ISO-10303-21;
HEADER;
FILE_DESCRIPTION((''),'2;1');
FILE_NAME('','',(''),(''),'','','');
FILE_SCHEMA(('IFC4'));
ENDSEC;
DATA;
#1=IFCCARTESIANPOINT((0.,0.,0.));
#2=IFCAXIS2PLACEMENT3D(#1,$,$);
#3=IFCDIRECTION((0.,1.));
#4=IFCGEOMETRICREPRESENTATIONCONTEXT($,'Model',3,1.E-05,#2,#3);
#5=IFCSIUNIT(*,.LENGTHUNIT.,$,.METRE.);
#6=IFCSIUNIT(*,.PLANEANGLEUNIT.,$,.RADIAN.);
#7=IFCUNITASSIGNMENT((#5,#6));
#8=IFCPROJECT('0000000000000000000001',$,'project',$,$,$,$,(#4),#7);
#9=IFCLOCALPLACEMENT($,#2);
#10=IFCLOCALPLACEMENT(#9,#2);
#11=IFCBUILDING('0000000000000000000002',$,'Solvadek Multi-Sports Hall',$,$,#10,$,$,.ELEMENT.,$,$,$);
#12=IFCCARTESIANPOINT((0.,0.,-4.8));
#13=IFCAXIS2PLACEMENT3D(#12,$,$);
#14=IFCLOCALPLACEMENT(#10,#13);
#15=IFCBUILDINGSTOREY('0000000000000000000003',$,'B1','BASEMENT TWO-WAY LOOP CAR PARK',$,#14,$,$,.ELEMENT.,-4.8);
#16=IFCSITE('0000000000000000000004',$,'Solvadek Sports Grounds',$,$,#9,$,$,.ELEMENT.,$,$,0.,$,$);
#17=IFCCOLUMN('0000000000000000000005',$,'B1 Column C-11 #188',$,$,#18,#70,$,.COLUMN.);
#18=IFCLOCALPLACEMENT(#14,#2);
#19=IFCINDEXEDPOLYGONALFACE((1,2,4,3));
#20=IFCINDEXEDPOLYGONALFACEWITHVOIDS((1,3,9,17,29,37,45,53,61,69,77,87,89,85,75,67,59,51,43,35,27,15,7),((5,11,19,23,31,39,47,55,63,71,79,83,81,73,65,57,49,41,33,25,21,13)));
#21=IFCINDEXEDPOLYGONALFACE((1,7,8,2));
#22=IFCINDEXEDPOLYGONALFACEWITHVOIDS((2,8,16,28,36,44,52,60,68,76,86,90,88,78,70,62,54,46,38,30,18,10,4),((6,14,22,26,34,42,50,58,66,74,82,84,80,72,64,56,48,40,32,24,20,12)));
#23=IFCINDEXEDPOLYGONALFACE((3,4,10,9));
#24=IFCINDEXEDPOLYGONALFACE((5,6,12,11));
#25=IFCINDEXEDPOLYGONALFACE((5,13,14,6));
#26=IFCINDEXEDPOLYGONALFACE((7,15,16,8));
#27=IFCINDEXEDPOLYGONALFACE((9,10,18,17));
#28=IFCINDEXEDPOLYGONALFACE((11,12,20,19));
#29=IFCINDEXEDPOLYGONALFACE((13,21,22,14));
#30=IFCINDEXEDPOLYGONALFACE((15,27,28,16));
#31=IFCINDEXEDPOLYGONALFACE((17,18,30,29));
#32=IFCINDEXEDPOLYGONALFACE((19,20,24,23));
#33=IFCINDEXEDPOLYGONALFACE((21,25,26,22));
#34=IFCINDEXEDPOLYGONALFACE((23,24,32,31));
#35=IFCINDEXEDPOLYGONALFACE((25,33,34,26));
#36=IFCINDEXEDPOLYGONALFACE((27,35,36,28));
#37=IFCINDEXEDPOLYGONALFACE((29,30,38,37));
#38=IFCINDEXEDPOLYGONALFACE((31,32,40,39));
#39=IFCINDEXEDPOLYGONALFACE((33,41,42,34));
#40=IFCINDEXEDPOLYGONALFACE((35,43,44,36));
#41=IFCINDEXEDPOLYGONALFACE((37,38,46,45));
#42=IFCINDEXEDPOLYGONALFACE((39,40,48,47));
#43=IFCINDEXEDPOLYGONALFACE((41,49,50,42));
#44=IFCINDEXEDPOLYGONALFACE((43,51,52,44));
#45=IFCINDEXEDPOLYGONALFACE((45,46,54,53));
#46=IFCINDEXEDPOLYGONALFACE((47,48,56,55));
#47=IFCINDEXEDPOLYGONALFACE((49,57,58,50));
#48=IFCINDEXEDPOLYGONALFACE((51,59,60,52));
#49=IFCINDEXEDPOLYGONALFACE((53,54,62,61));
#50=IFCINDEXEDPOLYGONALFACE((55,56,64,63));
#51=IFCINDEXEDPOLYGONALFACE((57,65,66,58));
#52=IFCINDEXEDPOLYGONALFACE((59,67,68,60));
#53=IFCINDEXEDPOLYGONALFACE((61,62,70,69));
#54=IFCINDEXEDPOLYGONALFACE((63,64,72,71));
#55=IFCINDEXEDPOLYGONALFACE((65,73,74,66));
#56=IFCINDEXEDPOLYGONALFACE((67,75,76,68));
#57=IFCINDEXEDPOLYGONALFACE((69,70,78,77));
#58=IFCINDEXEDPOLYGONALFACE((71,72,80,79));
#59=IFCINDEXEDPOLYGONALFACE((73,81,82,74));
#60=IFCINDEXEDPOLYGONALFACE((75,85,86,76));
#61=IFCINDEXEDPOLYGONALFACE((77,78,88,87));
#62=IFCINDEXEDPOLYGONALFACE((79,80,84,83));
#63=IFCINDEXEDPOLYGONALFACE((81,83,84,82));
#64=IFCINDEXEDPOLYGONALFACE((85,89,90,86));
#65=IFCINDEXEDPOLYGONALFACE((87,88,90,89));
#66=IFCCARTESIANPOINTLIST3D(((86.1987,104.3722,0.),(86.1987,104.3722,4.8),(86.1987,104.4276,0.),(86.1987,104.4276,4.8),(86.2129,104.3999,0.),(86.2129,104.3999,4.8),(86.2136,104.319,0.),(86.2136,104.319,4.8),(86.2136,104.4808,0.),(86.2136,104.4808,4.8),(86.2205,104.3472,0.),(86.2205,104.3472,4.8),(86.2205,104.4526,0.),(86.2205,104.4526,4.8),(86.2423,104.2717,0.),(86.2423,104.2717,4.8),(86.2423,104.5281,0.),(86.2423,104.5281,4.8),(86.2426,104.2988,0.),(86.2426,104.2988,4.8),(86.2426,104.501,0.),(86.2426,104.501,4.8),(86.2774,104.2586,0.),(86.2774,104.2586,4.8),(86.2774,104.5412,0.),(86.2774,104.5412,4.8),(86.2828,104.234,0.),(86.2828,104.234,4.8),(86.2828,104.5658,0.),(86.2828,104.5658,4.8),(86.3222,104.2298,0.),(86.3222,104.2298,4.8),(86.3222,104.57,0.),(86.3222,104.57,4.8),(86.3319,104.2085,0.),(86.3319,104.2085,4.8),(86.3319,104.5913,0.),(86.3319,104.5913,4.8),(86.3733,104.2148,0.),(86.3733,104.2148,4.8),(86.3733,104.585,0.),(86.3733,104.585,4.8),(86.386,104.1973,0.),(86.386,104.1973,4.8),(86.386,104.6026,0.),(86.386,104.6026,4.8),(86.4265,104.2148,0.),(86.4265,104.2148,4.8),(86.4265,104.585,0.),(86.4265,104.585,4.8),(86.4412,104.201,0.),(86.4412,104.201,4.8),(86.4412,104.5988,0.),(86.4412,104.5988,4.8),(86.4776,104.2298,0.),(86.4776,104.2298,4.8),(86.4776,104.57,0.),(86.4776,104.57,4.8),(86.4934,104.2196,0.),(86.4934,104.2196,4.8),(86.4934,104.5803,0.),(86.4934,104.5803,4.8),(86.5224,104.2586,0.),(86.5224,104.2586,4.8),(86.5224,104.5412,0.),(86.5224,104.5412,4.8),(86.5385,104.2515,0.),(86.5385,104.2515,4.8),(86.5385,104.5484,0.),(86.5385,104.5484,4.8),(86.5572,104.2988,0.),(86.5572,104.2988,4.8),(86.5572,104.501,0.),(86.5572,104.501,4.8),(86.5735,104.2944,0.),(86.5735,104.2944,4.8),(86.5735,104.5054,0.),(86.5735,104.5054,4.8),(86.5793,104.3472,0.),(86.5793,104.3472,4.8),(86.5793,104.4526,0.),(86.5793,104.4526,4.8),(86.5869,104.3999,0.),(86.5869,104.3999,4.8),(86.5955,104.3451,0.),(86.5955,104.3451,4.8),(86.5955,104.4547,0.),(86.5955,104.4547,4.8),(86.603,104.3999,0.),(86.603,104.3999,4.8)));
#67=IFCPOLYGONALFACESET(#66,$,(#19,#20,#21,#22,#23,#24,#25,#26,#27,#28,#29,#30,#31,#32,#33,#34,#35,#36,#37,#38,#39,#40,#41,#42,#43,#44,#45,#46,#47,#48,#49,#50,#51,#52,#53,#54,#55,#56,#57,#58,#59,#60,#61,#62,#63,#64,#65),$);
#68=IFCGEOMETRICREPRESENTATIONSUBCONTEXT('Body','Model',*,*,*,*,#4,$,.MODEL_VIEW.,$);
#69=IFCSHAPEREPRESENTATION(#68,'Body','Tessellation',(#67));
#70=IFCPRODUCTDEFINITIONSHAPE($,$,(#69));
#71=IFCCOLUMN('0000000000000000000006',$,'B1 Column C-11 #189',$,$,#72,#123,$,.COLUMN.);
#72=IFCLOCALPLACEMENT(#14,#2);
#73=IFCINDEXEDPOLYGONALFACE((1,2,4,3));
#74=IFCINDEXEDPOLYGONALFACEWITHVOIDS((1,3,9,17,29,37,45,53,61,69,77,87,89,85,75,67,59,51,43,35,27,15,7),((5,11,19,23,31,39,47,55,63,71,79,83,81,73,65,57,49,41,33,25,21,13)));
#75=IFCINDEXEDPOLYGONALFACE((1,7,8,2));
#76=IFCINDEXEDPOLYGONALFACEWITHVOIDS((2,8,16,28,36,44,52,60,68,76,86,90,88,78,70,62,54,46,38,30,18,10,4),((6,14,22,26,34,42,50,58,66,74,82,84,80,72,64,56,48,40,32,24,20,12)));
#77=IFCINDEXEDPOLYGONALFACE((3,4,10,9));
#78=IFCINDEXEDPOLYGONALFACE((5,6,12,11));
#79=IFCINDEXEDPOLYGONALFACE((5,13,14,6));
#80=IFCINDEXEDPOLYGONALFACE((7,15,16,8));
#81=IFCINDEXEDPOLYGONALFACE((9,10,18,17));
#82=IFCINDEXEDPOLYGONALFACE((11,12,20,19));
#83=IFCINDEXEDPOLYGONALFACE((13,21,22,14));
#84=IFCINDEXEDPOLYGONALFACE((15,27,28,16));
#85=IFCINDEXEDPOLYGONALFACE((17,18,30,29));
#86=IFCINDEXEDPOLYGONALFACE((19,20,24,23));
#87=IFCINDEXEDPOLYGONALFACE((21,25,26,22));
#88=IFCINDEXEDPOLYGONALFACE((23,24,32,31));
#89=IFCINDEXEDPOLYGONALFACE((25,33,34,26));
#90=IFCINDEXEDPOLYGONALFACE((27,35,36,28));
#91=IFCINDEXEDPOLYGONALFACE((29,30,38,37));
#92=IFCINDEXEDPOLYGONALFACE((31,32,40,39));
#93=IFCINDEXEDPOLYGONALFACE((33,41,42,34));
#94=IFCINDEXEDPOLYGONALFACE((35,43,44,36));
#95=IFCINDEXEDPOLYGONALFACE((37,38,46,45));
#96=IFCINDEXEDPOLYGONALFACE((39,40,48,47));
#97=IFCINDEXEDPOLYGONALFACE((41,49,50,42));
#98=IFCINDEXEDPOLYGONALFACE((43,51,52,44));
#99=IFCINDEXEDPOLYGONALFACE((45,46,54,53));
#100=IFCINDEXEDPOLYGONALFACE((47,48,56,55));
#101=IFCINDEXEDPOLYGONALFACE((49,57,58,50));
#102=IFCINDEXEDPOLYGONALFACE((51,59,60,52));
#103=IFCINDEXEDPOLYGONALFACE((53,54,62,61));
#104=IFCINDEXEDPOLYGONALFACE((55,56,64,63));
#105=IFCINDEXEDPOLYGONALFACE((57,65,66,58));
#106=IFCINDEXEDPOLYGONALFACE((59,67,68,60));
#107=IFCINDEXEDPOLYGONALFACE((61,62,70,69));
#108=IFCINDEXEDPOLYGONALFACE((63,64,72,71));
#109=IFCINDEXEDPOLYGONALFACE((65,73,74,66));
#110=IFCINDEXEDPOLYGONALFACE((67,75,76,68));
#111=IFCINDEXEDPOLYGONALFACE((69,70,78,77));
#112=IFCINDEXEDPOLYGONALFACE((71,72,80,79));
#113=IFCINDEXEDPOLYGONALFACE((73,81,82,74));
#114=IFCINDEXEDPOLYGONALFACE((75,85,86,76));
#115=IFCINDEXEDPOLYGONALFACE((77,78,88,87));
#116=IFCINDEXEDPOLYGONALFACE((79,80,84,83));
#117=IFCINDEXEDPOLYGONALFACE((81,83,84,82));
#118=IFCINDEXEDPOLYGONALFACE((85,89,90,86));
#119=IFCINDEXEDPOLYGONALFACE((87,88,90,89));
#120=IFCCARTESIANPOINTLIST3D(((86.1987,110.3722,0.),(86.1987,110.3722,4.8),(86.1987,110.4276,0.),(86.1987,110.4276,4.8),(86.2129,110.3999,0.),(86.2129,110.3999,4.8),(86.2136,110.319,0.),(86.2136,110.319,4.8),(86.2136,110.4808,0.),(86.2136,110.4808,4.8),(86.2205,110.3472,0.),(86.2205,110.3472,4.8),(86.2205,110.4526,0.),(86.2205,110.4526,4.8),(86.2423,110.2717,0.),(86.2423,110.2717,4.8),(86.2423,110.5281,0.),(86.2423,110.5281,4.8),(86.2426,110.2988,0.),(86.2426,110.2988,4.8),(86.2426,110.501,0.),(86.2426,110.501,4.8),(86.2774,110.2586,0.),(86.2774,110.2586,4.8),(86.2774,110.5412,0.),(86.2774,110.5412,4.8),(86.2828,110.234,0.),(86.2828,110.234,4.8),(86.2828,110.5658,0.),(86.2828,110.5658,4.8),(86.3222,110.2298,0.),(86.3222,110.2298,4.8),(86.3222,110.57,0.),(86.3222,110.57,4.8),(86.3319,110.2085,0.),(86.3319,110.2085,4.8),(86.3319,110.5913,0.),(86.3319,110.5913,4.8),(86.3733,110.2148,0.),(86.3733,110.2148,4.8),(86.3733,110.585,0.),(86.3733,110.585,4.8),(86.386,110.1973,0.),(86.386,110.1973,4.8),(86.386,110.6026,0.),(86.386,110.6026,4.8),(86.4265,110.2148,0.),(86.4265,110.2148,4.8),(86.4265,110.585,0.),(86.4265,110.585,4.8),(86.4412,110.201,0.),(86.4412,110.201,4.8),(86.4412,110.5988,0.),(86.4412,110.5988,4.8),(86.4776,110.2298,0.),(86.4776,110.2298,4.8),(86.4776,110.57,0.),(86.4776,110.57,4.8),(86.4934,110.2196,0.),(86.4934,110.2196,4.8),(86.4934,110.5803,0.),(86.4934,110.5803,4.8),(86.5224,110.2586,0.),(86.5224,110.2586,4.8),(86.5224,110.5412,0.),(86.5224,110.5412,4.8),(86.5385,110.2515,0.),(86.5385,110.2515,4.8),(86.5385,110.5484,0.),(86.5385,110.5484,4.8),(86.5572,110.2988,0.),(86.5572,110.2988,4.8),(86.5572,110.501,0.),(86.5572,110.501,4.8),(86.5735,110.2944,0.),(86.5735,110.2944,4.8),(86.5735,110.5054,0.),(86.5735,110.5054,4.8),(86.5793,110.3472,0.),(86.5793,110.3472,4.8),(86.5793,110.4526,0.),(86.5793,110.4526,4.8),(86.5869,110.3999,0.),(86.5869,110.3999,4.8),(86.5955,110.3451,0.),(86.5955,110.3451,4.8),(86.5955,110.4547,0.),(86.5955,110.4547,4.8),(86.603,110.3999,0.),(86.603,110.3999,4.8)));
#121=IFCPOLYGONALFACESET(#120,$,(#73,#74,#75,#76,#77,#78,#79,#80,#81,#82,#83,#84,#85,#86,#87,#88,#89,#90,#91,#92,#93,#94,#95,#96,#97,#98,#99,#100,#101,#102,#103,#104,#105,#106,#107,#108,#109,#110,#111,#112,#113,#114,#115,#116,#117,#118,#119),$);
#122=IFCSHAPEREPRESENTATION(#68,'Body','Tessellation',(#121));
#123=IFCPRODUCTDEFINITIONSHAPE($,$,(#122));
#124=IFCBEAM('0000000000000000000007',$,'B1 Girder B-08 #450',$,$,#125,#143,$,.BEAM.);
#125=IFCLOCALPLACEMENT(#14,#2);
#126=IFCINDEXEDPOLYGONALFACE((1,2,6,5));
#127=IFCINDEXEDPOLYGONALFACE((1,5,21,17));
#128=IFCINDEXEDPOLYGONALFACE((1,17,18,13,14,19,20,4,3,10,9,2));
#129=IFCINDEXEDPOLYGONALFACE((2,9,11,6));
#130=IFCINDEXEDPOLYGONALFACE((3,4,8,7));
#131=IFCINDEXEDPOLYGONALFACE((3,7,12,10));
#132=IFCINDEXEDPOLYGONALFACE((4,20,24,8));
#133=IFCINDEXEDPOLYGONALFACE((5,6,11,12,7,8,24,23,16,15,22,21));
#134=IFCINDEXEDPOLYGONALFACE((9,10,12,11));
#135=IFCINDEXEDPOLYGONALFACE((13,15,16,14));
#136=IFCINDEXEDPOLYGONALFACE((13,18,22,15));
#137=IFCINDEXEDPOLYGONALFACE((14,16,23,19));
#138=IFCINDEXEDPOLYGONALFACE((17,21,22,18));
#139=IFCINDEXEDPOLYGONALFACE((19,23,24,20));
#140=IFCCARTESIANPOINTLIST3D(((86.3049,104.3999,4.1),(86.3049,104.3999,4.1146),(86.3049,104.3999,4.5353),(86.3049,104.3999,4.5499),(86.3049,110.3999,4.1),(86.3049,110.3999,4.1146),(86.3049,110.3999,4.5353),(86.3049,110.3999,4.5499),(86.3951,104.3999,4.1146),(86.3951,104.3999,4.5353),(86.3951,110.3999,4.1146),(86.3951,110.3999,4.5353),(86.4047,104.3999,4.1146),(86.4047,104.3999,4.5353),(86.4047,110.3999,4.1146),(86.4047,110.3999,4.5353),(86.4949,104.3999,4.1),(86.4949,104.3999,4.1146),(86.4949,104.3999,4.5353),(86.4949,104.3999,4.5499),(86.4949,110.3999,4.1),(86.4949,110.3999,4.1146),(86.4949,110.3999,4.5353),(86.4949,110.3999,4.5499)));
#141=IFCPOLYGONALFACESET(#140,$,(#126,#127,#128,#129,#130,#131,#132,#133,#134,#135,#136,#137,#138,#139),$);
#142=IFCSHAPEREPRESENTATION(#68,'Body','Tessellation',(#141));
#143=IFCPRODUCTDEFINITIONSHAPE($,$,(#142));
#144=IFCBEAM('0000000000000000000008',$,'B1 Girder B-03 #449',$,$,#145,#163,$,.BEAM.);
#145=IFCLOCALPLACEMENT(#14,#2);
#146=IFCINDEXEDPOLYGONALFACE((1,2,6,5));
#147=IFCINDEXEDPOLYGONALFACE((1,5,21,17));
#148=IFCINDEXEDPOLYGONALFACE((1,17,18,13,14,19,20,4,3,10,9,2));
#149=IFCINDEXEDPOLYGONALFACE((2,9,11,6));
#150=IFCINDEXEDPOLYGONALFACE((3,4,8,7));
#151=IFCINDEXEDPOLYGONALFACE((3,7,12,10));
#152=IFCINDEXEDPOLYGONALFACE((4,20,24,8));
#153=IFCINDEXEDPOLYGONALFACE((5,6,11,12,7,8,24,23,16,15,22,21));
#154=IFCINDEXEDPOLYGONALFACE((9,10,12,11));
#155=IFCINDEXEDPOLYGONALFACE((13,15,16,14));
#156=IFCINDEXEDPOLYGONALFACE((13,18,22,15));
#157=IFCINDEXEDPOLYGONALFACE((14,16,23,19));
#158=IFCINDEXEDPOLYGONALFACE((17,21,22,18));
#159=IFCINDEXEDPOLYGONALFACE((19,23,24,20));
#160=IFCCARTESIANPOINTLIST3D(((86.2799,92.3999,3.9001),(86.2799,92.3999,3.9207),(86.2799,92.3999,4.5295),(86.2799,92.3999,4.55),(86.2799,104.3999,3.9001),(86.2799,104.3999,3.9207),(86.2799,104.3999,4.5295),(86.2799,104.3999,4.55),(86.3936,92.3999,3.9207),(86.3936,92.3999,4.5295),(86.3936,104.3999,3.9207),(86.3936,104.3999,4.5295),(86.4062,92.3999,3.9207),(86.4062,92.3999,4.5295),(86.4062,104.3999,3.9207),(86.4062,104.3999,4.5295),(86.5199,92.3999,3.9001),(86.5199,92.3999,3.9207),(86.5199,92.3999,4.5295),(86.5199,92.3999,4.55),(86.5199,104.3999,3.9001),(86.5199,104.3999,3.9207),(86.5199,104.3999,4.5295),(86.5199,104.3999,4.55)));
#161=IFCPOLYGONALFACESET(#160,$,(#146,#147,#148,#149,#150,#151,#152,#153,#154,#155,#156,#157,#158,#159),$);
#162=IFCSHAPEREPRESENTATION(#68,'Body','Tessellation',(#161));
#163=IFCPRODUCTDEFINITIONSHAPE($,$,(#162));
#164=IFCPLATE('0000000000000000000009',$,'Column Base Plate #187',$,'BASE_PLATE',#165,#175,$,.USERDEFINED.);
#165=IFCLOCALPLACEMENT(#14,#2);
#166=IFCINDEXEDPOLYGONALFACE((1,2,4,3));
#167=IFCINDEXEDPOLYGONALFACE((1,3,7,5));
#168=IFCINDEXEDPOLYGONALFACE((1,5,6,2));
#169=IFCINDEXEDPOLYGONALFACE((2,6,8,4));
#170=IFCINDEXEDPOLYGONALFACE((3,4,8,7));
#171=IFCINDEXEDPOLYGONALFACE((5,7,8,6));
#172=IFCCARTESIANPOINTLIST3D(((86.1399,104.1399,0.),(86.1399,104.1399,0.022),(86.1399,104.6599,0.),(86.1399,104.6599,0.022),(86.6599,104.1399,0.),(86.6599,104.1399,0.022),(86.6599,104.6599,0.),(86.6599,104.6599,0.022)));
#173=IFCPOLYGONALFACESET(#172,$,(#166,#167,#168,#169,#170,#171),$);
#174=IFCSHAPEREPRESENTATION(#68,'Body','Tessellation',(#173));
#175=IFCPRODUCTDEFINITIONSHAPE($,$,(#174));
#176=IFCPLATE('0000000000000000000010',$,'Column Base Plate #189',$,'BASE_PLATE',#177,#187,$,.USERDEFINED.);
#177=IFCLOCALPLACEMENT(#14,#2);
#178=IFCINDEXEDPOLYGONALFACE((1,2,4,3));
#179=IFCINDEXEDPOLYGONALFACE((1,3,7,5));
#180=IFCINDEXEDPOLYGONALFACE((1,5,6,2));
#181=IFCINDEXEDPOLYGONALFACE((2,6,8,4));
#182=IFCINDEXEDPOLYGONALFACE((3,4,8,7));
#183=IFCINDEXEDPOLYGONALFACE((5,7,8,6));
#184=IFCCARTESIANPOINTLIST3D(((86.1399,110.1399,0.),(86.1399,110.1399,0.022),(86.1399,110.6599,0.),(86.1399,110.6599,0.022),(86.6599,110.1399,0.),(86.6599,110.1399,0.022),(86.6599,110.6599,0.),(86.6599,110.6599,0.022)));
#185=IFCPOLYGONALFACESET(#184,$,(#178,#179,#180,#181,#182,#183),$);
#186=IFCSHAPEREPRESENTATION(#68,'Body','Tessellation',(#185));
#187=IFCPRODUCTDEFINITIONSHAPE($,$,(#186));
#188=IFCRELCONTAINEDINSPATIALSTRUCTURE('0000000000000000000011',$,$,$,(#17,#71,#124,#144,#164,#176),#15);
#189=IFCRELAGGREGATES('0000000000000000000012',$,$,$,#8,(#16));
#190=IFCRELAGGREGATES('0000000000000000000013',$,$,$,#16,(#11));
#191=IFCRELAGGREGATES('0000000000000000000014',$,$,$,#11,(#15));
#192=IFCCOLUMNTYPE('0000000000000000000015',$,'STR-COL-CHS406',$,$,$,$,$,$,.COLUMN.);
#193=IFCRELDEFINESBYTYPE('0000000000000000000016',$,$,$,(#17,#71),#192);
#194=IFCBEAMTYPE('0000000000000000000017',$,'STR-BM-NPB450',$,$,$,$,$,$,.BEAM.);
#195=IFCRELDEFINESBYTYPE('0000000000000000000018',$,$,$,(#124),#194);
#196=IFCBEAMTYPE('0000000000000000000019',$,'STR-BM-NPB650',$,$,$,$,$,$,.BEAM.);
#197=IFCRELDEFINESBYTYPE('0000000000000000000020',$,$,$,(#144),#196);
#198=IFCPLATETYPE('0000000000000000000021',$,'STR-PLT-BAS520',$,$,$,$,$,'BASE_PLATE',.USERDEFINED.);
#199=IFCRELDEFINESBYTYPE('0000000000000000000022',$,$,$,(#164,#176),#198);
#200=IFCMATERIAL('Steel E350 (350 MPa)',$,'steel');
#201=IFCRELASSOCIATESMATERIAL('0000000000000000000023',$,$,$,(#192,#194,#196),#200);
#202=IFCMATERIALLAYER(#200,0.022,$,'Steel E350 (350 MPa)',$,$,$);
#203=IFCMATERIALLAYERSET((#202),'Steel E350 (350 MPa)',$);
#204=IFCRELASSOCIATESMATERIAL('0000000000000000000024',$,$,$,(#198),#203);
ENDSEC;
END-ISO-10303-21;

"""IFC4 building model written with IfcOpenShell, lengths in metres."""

from ifc_helpers import new_model, si_unit, direction, frame, origin, origin_2d, place, context, subcontext, project, spatial, rectangle, hollow_circle, i_section, extrude, material, layer, layer_set, material_profile, profile_set, type_object, element, save


model = new_model("IFC4")

# Units and contexts
model_context = context("Model", 3, precision=1e-05, world=origin(), true_north=direction((0.0, 1.0)))
body_context = subcontext(model_context, "Body", "Model", "MODEL_VIEW")
ifc_project = project(units=[si_unit("LENGTHUNIT", "METRE"), si_unit("PLANEANGLEUNIT", "RADIAN")], contexts=[model_context])

# Site, building, storey
site_placement = place(None, origin())
site = spatial("IfcSite", under=ifc_project, at=site_placement, Name="Solvadek Sports Grounds", CompositionType="ELEMENT", RefElevation=0.0)
building_placement = place(site_placement, origin())
building = spatial("IfcBuilding", under=site, at=building_placement, Name="Solvadek Multi-Sports Hall", CompositionType="ELEMENT")
storey_placement = place(building_placement, frame((0.0, 0.0, -4.8)))
storey = spatial("IfcBuildingStorey", under=building, at=storey_placement, Name="B1", Description="BASEMENT TWO-WAY LOOP CAR PARK", CompositionType="ELEMENT", Elevation=-4.8)

# Columns
ifc_material_1 = material(Name="Steel E350 (350 MPa)", Category="steel")
ifc_material_profile_1 = material_profile(ifc_material_1, hollow_circle(Radius=0.2031, WallThickness=0.0161, at=origin_2d()), Name="CHS 406.4x16")
ifc_profile_set_1 = profile_set([ifc_material_profile_1], Name="Steel E350 (350 MPa)")
column_type = type_object("IfcColumnType", Name="STR-COL-CHS406", PredefinedType="COLUMN", material=ifc_profile_set_1)
for number, where, z_axis, x_axis, name in (
    (1, (86.3999, 104.3999, 0.0), (0.0, 0.0, 1.0), (1.0, 0.0, 0.0), "B1 Column C-11 #188"),
    (2, (86.3999, 110.3999, 0.0), (0.0, 0.0, 1.0), (1.0, 0.0, 0.0), "B1 Column C-11 #189"),
):
    element("IfcColumn", number, at=place(storey_placement, frame(where, z_axis=z_axis, x_axis=x_axis)), inside=storey, type_object=column_type, Name=name, PredefinedType="COLUMN", context=body_context, shape_type="SweptSolid", body=[
        extrude(hollow_circle(Radius=0.2031, WallThickness=0.0161, at=origin_2d()), origin(), (0.0, 0.0, 1.0), 4.8),
    ])

# Beams
ifc_material_profile_2 = material_profile(ifc_material_1, i_section(OverallWidth=0.1899, OverallDepth=0.45, WebThickness=0.0095, FlangeThickness=0.0146, at=origin_2d()), Name="NPB 450")
ifc_profile_set_2 = profile_set([ifc_material_profile_2], Name="Steel E350 (350 MPa)")
beam_type_1 = type_object("IfcBeamType", Name="STR-BM-NPB450", PredefinedType="BEAM", material=ifc_profile_set_2)
beam_1_placement = place(storey_placement, frame((86.3999, 104.3999, 4.325), z_axis=(0.0, 1.0, 0.0), x_axis=(-1.0, 0.0, 0.0)))
element("IfcBeam", 3, at=beam_1_placement, inside=storey, type_object=beam_type_1, Name="B1 Girder B-08 #450", PredefinedType="BEAM", context=body_context, shape_type="SweptSolid", body=[
    extrude(i_section(OverallWidth=0.1899, OverallDepth=0.45, WebThickness=0.0095, FlangeThickness=0.0146, at=origin_2d()), origin(), (0.0, 0.0, 1.0), 6.0),
])
ifc_material_profile_3 = material_profile(ifc_material_1, i_section(OverallWidth=0.24, OverallDepth=0.6499, WebThickness=0.0127, FlangeThickness=0.0205, at=origin_2d()), Name="NPB 650")
ifc_profile_set_3 = profile_set([ifc_material_profile_3], Name="Steel E350 (350 MPa)")
beam_type_2 = type_object("IfcBeamType", Name="STR-BM-NPB650", PredefinedType="BEAM", material=ifc_profile_set_3)
beam_2_placement = place(storey_placement, frame((86.3999, 92.3999, 4.2251), z_axis=(0.0, 1.0, 0.0), x_axis=(-1.0, 0.0, 0.0)))
element("IfcBeam", 4, at=beam_2_placement, inside=storey, type_object=beam_type_2, Name="B1 Girder B-03 #449", PredefinedType="BEAM", context=body_context, shape_type="SweptSolid", body=[
    extrude(i_section(OverallWidth=0.24, OverallDepth=0.6499, WebThickness=0.0127, FlangeThickness=0.0205, at=origin_2d()), origin(), (0.0, 0.0, 1.0), 12.0),
])

# Plates
ifc_layer_1 = layer(ifc_material_1, 0.022, Name="Steel E350 (350 MPa)")
ifc_layer_set_1 = layer_set([ifc_layer_1], Name="Steel E350 (350 MPa)")
plate_type = type_object("IfcPlateType", Name="STR-PLT-BAS520", ElementType="BASE_PLATE", PredefinedType="USERDEFINED", material=ifc_layer_set_1)
for number, where, z_axis, x_axis, name in (
    (5, (86.3999, 104.3999, 0.0), (0.0, 0.0, 1.0), (1.0, 0.0, 0.0), "Column Base Plate #187"),
    (6, (86.3999, 110.3999, 0.0), (0.0, 0.0, 1.0), (1.0, 0.0, 0.0), "Column Base Plate #189"),
):
    element("IfcPlate", number, at=place(storey_placement, frame(where, z_axis=z_axis, x_axis=x_axis)), inside=storey, type_object=plate_type, Name=name, ObjectType="BASE_PLATE", PredefinedType="USERDEFINED", context=body_context, shape_type="SweptSolid", body=[
        extrude(rectangle(XDim=0.52, YDim=0.52, at=origin_2d()), origin(), (0.0, 0.0, 1.0), 0.022),
    ])

save(model, "model.ifc")
